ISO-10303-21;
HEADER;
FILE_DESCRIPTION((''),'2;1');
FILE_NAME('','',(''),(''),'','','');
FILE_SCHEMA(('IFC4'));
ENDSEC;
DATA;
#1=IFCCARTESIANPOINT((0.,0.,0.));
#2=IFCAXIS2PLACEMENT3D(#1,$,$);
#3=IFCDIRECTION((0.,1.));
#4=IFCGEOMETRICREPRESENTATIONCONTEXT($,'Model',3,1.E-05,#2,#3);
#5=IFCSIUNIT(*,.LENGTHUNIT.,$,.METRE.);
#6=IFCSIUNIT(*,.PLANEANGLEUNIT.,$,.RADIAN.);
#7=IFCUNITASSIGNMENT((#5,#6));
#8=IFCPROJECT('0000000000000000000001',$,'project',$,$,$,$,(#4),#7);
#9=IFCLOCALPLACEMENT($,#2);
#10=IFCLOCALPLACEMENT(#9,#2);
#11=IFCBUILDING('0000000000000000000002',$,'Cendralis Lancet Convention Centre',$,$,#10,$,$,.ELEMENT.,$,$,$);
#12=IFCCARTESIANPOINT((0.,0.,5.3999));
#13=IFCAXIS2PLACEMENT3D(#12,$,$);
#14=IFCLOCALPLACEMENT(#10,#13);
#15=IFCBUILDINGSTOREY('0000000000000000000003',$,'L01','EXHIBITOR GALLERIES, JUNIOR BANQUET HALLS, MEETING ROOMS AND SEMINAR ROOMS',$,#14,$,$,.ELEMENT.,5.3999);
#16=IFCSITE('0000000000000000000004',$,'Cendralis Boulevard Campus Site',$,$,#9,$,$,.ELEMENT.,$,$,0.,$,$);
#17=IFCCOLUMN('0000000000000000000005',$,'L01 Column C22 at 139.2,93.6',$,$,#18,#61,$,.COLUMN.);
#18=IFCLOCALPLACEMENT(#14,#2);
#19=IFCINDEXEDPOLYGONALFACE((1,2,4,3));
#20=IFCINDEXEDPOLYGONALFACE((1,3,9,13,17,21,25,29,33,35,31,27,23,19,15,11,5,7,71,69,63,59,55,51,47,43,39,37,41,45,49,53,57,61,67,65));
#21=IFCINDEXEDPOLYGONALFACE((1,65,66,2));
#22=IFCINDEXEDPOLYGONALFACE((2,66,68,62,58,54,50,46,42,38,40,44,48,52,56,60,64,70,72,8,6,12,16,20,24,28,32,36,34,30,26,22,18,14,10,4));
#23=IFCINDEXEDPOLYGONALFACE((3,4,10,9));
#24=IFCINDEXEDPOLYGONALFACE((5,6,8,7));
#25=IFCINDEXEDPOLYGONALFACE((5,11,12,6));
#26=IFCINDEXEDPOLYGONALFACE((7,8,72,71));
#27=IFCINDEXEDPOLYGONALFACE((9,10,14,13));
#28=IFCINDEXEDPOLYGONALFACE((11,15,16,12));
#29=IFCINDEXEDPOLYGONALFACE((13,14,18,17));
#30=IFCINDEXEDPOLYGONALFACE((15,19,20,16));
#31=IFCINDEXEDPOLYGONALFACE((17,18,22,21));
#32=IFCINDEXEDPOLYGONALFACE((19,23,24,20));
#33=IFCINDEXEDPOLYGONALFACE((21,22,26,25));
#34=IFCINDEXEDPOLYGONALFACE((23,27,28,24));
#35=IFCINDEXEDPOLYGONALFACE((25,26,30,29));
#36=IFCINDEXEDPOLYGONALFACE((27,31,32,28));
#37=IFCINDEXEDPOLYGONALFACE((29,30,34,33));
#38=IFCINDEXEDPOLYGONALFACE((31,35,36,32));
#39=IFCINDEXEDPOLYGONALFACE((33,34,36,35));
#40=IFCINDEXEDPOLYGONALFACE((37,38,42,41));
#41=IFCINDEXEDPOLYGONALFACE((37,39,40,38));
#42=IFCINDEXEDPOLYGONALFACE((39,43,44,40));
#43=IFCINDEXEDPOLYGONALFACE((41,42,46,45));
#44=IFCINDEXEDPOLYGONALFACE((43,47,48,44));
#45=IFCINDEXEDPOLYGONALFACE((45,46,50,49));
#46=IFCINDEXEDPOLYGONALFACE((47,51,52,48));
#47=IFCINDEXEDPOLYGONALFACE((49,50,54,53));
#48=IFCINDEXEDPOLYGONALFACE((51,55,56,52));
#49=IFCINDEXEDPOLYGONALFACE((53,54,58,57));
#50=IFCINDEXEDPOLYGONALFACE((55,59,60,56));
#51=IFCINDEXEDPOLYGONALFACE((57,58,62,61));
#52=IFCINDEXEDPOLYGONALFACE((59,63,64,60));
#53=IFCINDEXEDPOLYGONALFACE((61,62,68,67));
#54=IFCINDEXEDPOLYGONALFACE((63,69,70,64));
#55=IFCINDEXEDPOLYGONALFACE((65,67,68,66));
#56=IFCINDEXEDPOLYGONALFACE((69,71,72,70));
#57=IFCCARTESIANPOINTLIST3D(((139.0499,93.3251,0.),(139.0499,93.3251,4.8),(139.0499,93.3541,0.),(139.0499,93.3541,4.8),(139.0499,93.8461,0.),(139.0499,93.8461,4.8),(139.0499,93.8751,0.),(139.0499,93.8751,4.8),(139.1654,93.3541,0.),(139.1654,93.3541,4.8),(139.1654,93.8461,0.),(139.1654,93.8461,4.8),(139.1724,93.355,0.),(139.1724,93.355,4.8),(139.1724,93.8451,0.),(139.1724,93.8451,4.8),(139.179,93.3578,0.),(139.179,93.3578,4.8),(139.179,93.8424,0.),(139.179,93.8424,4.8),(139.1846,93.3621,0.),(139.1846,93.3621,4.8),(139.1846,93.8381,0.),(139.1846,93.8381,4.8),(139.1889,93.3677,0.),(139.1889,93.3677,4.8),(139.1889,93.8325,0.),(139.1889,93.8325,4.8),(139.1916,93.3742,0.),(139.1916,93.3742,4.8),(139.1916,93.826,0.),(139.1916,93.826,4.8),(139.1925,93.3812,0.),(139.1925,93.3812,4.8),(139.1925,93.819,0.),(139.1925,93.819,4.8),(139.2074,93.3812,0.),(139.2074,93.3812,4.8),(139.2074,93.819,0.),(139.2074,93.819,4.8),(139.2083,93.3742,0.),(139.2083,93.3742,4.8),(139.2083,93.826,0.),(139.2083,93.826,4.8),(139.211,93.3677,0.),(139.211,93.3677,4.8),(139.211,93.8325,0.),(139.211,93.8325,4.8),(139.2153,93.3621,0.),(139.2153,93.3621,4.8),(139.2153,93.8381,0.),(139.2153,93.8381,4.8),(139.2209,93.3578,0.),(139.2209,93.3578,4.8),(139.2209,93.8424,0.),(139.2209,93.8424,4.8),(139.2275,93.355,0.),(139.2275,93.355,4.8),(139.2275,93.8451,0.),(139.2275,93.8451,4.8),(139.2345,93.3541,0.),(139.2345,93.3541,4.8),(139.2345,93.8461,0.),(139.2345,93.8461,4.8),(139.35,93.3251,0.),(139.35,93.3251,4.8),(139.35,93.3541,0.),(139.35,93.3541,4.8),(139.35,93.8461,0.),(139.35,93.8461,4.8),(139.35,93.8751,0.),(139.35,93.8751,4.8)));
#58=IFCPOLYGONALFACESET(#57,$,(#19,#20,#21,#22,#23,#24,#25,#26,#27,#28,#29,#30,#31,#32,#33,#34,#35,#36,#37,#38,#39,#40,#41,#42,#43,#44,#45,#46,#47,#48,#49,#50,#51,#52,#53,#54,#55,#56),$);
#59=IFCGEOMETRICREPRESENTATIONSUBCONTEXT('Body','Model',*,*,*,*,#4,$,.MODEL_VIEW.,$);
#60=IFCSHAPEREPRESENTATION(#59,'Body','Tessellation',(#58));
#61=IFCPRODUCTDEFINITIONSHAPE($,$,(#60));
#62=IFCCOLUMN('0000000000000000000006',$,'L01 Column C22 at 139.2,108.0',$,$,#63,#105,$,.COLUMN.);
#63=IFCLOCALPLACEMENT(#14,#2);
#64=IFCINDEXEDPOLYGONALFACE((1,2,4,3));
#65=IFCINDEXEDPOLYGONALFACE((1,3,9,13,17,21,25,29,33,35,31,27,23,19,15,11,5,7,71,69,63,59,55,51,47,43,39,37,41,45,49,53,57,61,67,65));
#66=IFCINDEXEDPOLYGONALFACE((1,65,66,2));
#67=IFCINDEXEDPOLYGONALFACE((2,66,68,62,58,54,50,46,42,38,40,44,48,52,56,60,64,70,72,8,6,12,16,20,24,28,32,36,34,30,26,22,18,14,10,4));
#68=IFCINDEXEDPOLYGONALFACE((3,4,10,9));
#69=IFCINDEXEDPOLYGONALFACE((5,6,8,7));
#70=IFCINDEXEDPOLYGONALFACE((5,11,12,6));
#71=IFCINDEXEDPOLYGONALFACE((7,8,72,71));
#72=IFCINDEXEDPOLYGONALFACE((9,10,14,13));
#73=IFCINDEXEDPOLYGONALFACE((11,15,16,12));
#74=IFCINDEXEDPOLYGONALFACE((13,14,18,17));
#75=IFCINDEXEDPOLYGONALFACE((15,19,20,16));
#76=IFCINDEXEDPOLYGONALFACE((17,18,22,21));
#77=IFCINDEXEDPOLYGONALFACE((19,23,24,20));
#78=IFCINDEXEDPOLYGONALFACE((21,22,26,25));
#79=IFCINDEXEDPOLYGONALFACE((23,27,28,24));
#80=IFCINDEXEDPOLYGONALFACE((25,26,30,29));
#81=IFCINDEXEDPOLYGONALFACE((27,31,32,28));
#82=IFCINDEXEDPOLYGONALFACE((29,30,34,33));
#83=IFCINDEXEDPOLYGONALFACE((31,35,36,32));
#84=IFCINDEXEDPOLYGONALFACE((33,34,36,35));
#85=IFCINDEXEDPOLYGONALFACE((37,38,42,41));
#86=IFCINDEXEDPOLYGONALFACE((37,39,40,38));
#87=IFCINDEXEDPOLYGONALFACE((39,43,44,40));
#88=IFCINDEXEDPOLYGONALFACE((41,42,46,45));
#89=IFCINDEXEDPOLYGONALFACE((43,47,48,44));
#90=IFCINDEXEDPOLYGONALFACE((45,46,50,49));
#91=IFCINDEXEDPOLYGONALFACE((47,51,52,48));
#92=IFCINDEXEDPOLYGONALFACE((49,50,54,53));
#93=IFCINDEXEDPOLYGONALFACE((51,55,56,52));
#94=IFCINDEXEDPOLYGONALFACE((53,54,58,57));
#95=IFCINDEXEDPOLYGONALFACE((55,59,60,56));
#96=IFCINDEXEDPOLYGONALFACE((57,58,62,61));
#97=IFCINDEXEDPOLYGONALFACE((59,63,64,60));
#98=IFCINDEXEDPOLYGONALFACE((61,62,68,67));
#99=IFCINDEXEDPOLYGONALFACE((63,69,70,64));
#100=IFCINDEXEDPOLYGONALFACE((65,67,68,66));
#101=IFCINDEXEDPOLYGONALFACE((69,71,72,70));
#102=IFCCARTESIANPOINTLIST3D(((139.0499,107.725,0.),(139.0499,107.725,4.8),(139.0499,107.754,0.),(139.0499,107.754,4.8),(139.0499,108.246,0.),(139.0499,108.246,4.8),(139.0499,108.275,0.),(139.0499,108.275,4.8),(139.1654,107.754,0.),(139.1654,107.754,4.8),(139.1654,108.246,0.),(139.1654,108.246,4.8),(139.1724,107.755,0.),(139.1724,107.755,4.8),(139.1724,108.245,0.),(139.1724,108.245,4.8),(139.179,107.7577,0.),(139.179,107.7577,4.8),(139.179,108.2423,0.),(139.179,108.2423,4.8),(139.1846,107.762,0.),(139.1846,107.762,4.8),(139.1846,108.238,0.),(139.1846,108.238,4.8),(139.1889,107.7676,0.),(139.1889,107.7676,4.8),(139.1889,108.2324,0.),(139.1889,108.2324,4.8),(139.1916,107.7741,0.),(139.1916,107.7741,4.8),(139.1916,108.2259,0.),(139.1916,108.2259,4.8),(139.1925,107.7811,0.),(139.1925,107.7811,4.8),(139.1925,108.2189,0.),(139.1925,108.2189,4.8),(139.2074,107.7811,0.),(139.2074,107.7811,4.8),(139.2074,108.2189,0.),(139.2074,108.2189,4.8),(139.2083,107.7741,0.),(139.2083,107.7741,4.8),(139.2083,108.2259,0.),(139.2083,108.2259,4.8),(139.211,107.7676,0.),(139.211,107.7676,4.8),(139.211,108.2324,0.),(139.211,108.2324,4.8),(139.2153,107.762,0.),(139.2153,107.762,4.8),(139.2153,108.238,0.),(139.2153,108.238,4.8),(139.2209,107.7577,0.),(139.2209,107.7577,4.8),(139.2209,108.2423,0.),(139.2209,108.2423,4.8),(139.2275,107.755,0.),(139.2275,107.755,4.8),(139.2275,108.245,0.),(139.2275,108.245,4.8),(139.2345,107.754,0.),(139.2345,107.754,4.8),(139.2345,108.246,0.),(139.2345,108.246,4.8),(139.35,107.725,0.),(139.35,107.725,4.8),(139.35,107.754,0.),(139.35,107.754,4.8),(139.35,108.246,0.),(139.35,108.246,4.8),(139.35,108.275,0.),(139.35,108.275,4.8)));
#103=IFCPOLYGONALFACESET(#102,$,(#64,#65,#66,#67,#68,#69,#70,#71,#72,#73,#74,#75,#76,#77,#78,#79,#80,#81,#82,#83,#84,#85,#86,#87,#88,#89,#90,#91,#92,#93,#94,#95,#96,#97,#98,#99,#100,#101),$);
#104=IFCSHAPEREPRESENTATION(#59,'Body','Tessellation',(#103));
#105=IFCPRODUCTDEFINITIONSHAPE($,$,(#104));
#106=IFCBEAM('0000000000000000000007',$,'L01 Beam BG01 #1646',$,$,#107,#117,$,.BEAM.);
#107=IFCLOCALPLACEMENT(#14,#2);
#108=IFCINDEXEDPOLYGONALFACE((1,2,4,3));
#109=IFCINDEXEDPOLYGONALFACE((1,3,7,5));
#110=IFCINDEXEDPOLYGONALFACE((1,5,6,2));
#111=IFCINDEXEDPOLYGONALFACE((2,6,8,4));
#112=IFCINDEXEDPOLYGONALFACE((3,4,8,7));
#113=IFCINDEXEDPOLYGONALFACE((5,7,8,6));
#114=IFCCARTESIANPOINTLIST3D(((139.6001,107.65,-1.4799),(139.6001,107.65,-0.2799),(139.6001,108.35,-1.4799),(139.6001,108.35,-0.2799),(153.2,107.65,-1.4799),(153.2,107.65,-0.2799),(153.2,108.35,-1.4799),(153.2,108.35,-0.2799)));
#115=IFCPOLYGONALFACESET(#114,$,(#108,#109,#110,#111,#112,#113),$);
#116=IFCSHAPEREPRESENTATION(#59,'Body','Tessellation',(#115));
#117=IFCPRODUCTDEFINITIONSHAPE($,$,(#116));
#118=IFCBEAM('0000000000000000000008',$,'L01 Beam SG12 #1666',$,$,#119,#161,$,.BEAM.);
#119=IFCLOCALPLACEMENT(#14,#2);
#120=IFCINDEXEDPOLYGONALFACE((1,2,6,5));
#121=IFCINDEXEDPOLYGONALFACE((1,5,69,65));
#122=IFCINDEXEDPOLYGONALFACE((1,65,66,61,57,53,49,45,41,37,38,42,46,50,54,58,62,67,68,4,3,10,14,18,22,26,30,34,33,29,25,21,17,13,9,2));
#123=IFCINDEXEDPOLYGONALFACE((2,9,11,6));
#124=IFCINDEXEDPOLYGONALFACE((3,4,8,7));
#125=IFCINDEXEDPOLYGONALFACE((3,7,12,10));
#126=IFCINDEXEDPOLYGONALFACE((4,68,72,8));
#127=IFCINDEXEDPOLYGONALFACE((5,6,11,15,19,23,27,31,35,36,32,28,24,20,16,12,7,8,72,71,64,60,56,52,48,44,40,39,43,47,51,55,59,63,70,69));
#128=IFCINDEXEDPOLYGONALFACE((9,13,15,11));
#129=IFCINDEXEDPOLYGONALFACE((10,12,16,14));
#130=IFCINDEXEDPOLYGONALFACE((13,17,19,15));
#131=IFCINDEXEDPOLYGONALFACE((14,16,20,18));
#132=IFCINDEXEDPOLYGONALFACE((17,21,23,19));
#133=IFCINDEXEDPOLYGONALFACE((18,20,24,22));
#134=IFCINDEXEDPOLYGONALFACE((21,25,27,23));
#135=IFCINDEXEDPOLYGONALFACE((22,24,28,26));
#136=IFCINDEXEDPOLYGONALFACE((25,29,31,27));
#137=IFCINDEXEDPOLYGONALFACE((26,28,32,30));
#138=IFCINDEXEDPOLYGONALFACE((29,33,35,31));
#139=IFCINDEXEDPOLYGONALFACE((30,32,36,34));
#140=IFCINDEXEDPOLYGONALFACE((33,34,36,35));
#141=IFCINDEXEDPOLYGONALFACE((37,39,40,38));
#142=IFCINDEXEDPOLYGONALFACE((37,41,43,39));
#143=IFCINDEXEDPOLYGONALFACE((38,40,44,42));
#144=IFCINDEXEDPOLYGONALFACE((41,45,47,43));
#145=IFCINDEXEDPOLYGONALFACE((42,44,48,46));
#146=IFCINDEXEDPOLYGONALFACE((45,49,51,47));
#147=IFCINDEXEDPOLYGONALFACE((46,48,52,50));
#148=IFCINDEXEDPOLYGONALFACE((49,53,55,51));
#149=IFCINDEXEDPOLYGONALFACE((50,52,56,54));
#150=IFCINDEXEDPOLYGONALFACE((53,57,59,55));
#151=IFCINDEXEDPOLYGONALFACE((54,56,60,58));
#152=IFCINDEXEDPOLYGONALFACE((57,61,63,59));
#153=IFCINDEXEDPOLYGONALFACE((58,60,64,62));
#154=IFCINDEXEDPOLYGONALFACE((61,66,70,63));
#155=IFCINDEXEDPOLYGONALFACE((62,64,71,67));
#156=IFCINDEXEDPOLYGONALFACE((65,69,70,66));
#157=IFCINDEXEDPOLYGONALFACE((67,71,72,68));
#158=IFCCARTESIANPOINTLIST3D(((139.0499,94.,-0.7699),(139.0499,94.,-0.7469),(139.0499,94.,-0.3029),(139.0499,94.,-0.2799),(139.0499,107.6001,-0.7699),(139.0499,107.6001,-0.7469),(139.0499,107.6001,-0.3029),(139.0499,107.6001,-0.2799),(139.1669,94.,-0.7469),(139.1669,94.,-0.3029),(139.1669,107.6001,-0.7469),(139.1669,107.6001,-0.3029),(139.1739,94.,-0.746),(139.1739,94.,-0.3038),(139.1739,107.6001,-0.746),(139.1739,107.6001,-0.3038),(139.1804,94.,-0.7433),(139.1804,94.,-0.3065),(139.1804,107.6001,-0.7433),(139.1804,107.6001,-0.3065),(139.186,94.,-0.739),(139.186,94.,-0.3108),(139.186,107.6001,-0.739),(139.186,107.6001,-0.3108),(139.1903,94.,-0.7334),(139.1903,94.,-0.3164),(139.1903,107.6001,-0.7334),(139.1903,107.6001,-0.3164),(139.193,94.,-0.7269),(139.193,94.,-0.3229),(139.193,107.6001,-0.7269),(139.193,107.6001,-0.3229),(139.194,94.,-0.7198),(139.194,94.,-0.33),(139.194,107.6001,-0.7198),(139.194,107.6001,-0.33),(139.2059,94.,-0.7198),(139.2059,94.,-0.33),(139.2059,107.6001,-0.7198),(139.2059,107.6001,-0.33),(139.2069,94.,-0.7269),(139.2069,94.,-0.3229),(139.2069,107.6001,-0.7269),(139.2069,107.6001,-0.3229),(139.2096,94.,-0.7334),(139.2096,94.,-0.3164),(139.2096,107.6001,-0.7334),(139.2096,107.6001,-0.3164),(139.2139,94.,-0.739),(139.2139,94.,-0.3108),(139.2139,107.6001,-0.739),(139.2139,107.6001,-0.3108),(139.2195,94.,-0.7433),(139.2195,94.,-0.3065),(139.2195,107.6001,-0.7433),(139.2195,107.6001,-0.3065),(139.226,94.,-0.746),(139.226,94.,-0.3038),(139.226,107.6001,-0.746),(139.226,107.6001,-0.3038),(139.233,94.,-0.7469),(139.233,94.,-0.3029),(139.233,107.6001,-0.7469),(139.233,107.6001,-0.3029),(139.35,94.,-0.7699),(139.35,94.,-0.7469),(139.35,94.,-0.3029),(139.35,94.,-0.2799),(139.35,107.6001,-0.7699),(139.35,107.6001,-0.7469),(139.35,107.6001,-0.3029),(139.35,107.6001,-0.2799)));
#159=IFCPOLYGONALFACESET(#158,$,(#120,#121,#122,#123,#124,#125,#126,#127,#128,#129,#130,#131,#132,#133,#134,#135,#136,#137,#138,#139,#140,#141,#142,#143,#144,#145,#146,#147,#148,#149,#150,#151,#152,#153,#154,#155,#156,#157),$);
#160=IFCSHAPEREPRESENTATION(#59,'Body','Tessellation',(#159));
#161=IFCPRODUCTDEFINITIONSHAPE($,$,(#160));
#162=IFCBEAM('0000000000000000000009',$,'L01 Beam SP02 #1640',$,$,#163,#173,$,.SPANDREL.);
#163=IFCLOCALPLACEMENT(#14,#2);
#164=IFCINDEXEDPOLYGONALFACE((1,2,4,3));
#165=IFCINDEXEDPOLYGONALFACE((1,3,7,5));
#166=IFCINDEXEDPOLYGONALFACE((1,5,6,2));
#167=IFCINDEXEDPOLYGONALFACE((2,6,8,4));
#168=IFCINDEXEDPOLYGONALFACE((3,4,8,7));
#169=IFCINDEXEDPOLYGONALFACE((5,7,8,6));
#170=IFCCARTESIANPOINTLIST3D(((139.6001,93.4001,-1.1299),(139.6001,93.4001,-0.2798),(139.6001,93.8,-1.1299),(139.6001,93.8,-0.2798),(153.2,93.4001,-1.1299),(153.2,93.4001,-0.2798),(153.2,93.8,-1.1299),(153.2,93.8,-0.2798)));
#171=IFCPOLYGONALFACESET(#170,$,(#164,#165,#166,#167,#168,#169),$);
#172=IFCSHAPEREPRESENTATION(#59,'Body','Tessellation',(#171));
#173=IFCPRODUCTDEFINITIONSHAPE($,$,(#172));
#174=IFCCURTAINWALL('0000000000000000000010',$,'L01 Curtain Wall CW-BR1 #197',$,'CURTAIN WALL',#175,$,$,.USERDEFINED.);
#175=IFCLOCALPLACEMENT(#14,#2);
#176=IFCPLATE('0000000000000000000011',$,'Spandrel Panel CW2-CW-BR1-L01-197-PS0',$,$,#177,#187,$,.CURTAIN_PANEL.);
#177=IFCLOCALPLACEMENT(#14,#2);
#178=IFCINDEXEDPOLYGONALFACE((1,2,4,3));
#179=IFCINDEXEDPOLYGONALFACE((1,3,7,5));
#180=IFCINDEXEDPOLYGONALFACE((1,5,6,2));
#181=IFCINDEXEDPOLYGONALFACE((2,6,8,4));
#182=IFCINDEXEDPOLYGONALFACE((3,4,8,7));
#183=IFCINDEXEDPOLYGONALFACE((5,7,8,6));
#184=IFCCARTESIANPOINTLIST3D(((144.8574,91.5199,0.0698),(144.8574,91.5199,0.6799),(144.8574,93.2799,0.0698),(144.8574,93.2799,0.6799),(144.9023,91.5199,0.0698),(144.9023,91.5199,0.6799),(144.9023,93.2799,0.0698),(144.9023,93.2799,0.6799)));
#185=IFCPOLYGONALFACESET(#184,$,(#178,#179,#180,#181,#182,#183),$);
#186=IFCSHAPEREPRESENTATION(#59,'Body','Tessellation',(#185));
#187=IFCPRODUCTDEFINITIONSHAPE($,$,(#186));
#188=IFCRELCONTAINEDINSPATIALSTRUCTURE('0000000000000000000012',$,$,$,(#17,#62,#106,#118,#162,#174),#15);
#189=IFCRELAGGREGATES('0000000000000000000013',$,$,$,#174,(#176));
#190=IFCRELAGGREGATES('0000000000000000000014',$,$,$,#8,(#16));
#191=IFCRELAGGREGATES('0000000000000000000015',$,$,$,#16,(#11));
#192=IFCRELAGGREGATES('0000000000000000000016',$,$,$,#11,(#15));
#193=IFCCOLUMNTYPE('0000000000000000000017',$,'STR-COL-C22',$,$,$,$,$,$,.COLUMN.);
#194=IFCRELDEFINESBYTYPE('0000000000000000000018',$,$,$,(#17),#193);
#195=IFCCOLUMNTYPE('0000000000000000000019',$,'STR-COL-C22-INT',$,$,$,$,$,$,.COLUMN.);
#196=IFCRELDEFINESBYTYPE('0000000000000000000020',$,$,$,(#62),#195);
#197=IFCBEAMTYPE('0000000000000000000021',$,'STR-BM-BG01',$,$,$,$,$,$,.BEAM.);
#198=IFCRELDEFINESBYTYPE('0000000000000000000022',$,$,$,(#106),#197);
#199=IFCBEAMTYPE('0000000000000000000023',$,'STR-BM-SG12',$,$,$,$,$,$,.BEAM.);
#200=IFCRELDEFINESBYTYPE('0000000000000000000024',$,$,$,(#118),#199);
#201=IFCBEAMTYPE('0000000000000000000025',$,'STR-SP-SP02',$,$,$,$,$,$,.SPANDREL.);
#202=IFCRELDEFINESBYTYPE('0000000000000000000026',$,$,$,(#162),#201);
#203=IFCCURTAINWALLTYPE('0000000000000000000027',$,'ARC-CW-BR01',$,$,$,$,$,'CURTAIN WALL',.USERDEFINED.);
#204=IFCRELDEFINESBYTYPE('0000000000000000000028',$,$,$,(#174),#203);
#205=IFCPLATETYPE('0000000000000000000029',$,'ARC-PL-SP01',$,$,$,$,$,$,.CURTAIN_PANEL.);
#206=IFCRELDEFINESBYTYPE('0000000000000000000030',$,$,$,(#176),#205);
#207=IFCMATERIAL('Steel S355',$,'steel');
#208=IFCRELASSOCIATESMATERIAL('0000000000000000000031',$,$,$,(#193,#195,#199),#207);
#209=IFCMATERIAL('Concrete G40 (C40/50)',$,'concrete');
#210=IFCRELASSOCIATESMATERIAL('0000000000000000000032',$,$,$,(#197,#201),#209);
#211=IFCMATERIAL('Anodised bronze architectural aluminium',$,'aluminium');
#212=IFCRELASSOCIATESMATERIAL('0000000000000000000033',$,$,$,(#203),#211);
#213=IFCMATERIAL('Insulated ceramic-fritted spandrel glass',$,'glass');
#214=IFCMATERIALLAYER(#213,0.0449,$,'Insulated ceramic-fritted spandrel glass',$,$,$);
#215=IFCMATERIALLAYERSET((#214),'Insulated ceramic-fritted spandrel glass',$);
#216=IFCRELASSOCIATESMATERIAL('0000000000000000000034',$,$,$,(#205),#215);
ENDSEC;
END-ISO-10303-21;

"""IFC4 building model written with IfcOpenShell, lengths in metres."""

from ifc_helpers import new_model, si_unit, direction, frame, origin, origin_2d, place, context, subcontext, project, spatial, rectangle, i_section, extrude, material, layer, layer_set, material_profile, profile_set, type_object, element, aggregate, save


model = new_model("IFC4")

# Units and contexts
model_context = context("Model", 3, precision=1e-05, world=origin(), true_north=direction((0.0, 1.0)))
body_context = subcontext(model_context, "Body", "Model", "MODEL_VIEW")
ifc_project = project(units=[si_unit("LENGTHUNIT", "METRE"), si_unit("PLANEANGLEUNIT", "RADIAN")], contexts=[model_context])

# Site, building, storey
site_placement = place(None, origin())
site = spatial("IfcSite", under=ifc_project, at=site_placement, Name="Cendralis Boulevard Campus Site", CompositionType="ELEMENT", RefElevation=0.0)
building_placement = place(site_placement, origin())
building = spatial("IfcBuilding", under=site, at=building_placement, Name="Cendralis Lancet Convention Centre", CompositionType="ELEMENT")
storey_placement = place(building_placement, frame((0.0, 0.0, 5.3999)))
storey = spatial("IfcBuildingStorey", under=building, at=storey_placement, Name="L01", Description="EXHIBITOR GALLERIES, JUNIOR BANQUET HALLS, MEETING ROOMS AND SEMINAR ROOMS", CompositionType="ELEMENT", Elevation=5.3999)

# Columns
ifc_material_1 = material(Name="Steel S355", Category="steel")
ifc_material_profile_1 = material_profile(ifc_material_1, i_section(OverallWidth=0.3, OverallDepth=0.55, WebThickness=0.0149, FlangeThickness=0.0291, FilletRadius=0.0271, at=origin_2d()), Name="HEB 550")
ifc_profile_set_1 = profile_set([ifc_material_profile_1], Name="Steel S355")
column_type_1 = type_object("IfcColumnType", Name="STR-COL-C22", PredefinedType="COLUMN", material=ifc_profile_set_1)
column_1_placement = place(storey_placement, frame((139.2, 93.6001, 0.0), z_axis=(0.0, 0.0, 1.0), x_axis=(1.0, 0.0, 0.0)))
element("IfcColumn", 1, at=column_1_placement, inside=storey, type_object=column_type_1, Name="L01 Column C22 at 139.2,93.6", PredefinedType="COLUMN", context=body_context, shape_type="SweptSolid", body=[
    extrude(i_section(OverallWidth=0.3, OverallDepth=0.55, WebThickness=0.0149, FlangeThickness=0.0291, FilletRadius=0.0271, at=origin_2d()), origin(), (0.0, 0.0, 1.0), 4.8),
])
ifc_material_profile_2 = material_profile(ifc_material_1, i_section(OverallWidth=0.3, OverallDepth=0.55, WebThickness=0.0149, FlangeThickness=0.0291, FilletRadius=0.0271, at=origin_2d()), Name="HEB 550")
ifc_profile_set_2 = profile_set([ifc_material_profile_2], Name="Steel S355")
column_type_2 = type_object("IfcColumnType", Name="STR-COL-C22-INT", PredefinedType="COLUMN", material=ifc_profile_set_2)
column_2_placement = place(storey_placement, frame((139.2, 108.0, 0.0), z_axis=(0.0, 0.0, 1.0), x_axis=(1.0, 0.0, 0.0)))
element("IfcColumn", 2, at=column_2_placement, inside=storey, type_object=column_type_2, Name="L01 Column C22 at 139.2,108.0", PredefinedType="COLUMN", context=body_context, shape_type="SweptSolid", body=[
    extrude(i_section(OverallWidth=0.3, OverallDepth=0.55, WebThickness=0.0149, FlangeThickness=0.0291, FilletRadius=0.0271, at=origin_2d()), origin(), (0.0, 0.0, 1.0), 4.8),
])

# Beams
ifc_material_2 = material(Name="Concrete G40 (C40/50)", Category="concrete")
ifc_material_profile_3 = material_profile(ifc_material_2, rectangle(XDim=0.7, YDim=1.2, at=origin_2d()), Name="RCB 700x1200")
ifc_profile_set_3 = profile_set([ifc_material_profile_3], Name="Concrete G40 (C40/50)")
beam_type_1 = type_object("IfcBeamType", Name="STR-BM-BG01", PredefinedType="BEAM", material=ifc_profile_set_3)
beam_1_placement = place(storey_placement, frame((139.6001, 108.0, -0.8799), z_axis=(1.0, 0.0, 0.0), x_axis=(0.0, 1.0, 0.0)))
element("IfcBeam", 3, at=beam_1_placement, inside=storey, type_object=beam_type_1, Name="L01 Beam BG01 #1646", PredefinedType="BEAM", context=body_context, shape_type="SweptSolid", body=[
    extrude(rectangle(XDim=0.7, YDim=1.2, at=origin_2d()), origin(), (0.0, 0.0, 1.0), 13.5999),
])
ifc_material_profile_4 = material_profile(ifc_material_1, i_section(OverallWidth=0.3, OverallDepth=0.49, WebThickness=0.012, FlangeThickness=0.0229, FilletRadius=0.0271, at=origin_2d()), Name="HEA 500")
ifc_profile_set_4 = profile_set([ifc_material_profile_4], Name="Steel S355")
beam_type_2 = type_object("IfcBeamType", Name="STR-BM-SG12", PredefinedType="BEAM", material=ifc_profile_set_4)
beam_2_placement = place(storey_placement, frame((139.2, 94.0, -0.5249), z_axis=(0.0, 1.0, 0.0), x_axis=(-1.0, 0.0, 0.0)))
element("IfcBeam", 4, at=beam_2_placement, inside=storey, type_object=beam_type_2, Name="L01 Beam SG12 #1666", PredefinedType="BEAM", context=body_context, shape_type="SweptSolid", body=[
    extrude(i_section(OverallWidth=0.3, OverallDepth=0.49, WebThickness=0.012, FlangeThickness=0.0229, FilletRadius=0.0271, at=origin_2d()), origin(), (0.0, 0.0, 1.0), 13.6001),
])
ifc_material_profile_5 = material_profile(ifc_material_2, rectangle(XDim=0.3999, YDim=0.8501, at=origin_2d()), Name="RCB 400x850")
ifc_profile_set_5 = profile_set([ifc_material_profile_5], Name="Concrete G40 (C40/50)")
beam_type_3 = type_object("IfcBeamType", Name="STR-SP-SP02", PredefinedType="SPANDREL", material=ifc_profile_set_5)
beam_3_placement = place(storey_placement, frame((139.6001, 93.6001, -0.7048), z_axis=(1.0, 0.0, 0.0), x_axis=(0.0, 1.0, 0.0)))
element("IfcBeam", 5, at=beam_3_placement, inside=storey, type_object=beam_type_3, Name="L01 Beam SP02 #1640", PredefinedType="SPANDREL", context=body_context, shape_type="SweptSolid", body=[
    extrude(rectangle(XDim=0.3999, YDim=0.8501, at=origin_2d()), origin(), (0.0, 0.0, 1.0), 13.5999),
])

# Curtain wall, plate
ifc_material_3 = material(Name="Anodised bronze architectural aluminium", Category="aluminium")
curtain_wall_type = type_object("IfcCurtainWallType", Name="ARC-CW-BR01", ElementType="CURTAIN WALL", PredefinedType="USERDEFINED", material=ifc_material_3)
curtain_wall_placement = place(storey_placement, origin())
curtain_wall = element("IfcCurtainWall", 6, at=curtain_wall_placement, inside=storey, type_object=curtain_wall_type, Name="L01 Curtain Wall CW-BR1 #197", ObjectType="CURTAIN WALL", PredefinedType="USERDEFINED")
ifc_material_4 = material(Name="Insulated ceramic-fritted spandrel glass", Category="glass")
ifc_layer_1 = layer(ifc_material_4, 0.0449, Name="Insulated ceramic-fritted spandrel glass")
ifc_layer_set_1 = layer_set([ifc_layer_1], Name="Insulated ceramic-fritted spandrel glass")
plate_type = type_object("IfcPlateType", Name="ARC-PL-SP01", PredefinedType="CURTAIN_PANEL", material=ifc_layer_set_1)
plate_placement = place(storey_placement, frame((144.8799, 92.3999, 0.0698), z_axis=(0.0, 0.0, 1.0), x_axis=(0.0, 1.0, 0.0)))
plate = element("IfcPlate", 7, at=plate_placement, type_object=plate_type, Name="Spandrel Panel CW2-CW-BR1-L01-197-PS0", PredefinedType="CURTAIN_PANEL", context=body_context, shape_type="SweptSolid", body=[
    extrude(rectangle(XDim=1.76, YDim=0.0449, at=origin_2d()), origin(), (0.0, 0.0, 1.0), 0.6101),
])
aggregate(curtain_wall, [plate])

save(model, "model.ifc")
